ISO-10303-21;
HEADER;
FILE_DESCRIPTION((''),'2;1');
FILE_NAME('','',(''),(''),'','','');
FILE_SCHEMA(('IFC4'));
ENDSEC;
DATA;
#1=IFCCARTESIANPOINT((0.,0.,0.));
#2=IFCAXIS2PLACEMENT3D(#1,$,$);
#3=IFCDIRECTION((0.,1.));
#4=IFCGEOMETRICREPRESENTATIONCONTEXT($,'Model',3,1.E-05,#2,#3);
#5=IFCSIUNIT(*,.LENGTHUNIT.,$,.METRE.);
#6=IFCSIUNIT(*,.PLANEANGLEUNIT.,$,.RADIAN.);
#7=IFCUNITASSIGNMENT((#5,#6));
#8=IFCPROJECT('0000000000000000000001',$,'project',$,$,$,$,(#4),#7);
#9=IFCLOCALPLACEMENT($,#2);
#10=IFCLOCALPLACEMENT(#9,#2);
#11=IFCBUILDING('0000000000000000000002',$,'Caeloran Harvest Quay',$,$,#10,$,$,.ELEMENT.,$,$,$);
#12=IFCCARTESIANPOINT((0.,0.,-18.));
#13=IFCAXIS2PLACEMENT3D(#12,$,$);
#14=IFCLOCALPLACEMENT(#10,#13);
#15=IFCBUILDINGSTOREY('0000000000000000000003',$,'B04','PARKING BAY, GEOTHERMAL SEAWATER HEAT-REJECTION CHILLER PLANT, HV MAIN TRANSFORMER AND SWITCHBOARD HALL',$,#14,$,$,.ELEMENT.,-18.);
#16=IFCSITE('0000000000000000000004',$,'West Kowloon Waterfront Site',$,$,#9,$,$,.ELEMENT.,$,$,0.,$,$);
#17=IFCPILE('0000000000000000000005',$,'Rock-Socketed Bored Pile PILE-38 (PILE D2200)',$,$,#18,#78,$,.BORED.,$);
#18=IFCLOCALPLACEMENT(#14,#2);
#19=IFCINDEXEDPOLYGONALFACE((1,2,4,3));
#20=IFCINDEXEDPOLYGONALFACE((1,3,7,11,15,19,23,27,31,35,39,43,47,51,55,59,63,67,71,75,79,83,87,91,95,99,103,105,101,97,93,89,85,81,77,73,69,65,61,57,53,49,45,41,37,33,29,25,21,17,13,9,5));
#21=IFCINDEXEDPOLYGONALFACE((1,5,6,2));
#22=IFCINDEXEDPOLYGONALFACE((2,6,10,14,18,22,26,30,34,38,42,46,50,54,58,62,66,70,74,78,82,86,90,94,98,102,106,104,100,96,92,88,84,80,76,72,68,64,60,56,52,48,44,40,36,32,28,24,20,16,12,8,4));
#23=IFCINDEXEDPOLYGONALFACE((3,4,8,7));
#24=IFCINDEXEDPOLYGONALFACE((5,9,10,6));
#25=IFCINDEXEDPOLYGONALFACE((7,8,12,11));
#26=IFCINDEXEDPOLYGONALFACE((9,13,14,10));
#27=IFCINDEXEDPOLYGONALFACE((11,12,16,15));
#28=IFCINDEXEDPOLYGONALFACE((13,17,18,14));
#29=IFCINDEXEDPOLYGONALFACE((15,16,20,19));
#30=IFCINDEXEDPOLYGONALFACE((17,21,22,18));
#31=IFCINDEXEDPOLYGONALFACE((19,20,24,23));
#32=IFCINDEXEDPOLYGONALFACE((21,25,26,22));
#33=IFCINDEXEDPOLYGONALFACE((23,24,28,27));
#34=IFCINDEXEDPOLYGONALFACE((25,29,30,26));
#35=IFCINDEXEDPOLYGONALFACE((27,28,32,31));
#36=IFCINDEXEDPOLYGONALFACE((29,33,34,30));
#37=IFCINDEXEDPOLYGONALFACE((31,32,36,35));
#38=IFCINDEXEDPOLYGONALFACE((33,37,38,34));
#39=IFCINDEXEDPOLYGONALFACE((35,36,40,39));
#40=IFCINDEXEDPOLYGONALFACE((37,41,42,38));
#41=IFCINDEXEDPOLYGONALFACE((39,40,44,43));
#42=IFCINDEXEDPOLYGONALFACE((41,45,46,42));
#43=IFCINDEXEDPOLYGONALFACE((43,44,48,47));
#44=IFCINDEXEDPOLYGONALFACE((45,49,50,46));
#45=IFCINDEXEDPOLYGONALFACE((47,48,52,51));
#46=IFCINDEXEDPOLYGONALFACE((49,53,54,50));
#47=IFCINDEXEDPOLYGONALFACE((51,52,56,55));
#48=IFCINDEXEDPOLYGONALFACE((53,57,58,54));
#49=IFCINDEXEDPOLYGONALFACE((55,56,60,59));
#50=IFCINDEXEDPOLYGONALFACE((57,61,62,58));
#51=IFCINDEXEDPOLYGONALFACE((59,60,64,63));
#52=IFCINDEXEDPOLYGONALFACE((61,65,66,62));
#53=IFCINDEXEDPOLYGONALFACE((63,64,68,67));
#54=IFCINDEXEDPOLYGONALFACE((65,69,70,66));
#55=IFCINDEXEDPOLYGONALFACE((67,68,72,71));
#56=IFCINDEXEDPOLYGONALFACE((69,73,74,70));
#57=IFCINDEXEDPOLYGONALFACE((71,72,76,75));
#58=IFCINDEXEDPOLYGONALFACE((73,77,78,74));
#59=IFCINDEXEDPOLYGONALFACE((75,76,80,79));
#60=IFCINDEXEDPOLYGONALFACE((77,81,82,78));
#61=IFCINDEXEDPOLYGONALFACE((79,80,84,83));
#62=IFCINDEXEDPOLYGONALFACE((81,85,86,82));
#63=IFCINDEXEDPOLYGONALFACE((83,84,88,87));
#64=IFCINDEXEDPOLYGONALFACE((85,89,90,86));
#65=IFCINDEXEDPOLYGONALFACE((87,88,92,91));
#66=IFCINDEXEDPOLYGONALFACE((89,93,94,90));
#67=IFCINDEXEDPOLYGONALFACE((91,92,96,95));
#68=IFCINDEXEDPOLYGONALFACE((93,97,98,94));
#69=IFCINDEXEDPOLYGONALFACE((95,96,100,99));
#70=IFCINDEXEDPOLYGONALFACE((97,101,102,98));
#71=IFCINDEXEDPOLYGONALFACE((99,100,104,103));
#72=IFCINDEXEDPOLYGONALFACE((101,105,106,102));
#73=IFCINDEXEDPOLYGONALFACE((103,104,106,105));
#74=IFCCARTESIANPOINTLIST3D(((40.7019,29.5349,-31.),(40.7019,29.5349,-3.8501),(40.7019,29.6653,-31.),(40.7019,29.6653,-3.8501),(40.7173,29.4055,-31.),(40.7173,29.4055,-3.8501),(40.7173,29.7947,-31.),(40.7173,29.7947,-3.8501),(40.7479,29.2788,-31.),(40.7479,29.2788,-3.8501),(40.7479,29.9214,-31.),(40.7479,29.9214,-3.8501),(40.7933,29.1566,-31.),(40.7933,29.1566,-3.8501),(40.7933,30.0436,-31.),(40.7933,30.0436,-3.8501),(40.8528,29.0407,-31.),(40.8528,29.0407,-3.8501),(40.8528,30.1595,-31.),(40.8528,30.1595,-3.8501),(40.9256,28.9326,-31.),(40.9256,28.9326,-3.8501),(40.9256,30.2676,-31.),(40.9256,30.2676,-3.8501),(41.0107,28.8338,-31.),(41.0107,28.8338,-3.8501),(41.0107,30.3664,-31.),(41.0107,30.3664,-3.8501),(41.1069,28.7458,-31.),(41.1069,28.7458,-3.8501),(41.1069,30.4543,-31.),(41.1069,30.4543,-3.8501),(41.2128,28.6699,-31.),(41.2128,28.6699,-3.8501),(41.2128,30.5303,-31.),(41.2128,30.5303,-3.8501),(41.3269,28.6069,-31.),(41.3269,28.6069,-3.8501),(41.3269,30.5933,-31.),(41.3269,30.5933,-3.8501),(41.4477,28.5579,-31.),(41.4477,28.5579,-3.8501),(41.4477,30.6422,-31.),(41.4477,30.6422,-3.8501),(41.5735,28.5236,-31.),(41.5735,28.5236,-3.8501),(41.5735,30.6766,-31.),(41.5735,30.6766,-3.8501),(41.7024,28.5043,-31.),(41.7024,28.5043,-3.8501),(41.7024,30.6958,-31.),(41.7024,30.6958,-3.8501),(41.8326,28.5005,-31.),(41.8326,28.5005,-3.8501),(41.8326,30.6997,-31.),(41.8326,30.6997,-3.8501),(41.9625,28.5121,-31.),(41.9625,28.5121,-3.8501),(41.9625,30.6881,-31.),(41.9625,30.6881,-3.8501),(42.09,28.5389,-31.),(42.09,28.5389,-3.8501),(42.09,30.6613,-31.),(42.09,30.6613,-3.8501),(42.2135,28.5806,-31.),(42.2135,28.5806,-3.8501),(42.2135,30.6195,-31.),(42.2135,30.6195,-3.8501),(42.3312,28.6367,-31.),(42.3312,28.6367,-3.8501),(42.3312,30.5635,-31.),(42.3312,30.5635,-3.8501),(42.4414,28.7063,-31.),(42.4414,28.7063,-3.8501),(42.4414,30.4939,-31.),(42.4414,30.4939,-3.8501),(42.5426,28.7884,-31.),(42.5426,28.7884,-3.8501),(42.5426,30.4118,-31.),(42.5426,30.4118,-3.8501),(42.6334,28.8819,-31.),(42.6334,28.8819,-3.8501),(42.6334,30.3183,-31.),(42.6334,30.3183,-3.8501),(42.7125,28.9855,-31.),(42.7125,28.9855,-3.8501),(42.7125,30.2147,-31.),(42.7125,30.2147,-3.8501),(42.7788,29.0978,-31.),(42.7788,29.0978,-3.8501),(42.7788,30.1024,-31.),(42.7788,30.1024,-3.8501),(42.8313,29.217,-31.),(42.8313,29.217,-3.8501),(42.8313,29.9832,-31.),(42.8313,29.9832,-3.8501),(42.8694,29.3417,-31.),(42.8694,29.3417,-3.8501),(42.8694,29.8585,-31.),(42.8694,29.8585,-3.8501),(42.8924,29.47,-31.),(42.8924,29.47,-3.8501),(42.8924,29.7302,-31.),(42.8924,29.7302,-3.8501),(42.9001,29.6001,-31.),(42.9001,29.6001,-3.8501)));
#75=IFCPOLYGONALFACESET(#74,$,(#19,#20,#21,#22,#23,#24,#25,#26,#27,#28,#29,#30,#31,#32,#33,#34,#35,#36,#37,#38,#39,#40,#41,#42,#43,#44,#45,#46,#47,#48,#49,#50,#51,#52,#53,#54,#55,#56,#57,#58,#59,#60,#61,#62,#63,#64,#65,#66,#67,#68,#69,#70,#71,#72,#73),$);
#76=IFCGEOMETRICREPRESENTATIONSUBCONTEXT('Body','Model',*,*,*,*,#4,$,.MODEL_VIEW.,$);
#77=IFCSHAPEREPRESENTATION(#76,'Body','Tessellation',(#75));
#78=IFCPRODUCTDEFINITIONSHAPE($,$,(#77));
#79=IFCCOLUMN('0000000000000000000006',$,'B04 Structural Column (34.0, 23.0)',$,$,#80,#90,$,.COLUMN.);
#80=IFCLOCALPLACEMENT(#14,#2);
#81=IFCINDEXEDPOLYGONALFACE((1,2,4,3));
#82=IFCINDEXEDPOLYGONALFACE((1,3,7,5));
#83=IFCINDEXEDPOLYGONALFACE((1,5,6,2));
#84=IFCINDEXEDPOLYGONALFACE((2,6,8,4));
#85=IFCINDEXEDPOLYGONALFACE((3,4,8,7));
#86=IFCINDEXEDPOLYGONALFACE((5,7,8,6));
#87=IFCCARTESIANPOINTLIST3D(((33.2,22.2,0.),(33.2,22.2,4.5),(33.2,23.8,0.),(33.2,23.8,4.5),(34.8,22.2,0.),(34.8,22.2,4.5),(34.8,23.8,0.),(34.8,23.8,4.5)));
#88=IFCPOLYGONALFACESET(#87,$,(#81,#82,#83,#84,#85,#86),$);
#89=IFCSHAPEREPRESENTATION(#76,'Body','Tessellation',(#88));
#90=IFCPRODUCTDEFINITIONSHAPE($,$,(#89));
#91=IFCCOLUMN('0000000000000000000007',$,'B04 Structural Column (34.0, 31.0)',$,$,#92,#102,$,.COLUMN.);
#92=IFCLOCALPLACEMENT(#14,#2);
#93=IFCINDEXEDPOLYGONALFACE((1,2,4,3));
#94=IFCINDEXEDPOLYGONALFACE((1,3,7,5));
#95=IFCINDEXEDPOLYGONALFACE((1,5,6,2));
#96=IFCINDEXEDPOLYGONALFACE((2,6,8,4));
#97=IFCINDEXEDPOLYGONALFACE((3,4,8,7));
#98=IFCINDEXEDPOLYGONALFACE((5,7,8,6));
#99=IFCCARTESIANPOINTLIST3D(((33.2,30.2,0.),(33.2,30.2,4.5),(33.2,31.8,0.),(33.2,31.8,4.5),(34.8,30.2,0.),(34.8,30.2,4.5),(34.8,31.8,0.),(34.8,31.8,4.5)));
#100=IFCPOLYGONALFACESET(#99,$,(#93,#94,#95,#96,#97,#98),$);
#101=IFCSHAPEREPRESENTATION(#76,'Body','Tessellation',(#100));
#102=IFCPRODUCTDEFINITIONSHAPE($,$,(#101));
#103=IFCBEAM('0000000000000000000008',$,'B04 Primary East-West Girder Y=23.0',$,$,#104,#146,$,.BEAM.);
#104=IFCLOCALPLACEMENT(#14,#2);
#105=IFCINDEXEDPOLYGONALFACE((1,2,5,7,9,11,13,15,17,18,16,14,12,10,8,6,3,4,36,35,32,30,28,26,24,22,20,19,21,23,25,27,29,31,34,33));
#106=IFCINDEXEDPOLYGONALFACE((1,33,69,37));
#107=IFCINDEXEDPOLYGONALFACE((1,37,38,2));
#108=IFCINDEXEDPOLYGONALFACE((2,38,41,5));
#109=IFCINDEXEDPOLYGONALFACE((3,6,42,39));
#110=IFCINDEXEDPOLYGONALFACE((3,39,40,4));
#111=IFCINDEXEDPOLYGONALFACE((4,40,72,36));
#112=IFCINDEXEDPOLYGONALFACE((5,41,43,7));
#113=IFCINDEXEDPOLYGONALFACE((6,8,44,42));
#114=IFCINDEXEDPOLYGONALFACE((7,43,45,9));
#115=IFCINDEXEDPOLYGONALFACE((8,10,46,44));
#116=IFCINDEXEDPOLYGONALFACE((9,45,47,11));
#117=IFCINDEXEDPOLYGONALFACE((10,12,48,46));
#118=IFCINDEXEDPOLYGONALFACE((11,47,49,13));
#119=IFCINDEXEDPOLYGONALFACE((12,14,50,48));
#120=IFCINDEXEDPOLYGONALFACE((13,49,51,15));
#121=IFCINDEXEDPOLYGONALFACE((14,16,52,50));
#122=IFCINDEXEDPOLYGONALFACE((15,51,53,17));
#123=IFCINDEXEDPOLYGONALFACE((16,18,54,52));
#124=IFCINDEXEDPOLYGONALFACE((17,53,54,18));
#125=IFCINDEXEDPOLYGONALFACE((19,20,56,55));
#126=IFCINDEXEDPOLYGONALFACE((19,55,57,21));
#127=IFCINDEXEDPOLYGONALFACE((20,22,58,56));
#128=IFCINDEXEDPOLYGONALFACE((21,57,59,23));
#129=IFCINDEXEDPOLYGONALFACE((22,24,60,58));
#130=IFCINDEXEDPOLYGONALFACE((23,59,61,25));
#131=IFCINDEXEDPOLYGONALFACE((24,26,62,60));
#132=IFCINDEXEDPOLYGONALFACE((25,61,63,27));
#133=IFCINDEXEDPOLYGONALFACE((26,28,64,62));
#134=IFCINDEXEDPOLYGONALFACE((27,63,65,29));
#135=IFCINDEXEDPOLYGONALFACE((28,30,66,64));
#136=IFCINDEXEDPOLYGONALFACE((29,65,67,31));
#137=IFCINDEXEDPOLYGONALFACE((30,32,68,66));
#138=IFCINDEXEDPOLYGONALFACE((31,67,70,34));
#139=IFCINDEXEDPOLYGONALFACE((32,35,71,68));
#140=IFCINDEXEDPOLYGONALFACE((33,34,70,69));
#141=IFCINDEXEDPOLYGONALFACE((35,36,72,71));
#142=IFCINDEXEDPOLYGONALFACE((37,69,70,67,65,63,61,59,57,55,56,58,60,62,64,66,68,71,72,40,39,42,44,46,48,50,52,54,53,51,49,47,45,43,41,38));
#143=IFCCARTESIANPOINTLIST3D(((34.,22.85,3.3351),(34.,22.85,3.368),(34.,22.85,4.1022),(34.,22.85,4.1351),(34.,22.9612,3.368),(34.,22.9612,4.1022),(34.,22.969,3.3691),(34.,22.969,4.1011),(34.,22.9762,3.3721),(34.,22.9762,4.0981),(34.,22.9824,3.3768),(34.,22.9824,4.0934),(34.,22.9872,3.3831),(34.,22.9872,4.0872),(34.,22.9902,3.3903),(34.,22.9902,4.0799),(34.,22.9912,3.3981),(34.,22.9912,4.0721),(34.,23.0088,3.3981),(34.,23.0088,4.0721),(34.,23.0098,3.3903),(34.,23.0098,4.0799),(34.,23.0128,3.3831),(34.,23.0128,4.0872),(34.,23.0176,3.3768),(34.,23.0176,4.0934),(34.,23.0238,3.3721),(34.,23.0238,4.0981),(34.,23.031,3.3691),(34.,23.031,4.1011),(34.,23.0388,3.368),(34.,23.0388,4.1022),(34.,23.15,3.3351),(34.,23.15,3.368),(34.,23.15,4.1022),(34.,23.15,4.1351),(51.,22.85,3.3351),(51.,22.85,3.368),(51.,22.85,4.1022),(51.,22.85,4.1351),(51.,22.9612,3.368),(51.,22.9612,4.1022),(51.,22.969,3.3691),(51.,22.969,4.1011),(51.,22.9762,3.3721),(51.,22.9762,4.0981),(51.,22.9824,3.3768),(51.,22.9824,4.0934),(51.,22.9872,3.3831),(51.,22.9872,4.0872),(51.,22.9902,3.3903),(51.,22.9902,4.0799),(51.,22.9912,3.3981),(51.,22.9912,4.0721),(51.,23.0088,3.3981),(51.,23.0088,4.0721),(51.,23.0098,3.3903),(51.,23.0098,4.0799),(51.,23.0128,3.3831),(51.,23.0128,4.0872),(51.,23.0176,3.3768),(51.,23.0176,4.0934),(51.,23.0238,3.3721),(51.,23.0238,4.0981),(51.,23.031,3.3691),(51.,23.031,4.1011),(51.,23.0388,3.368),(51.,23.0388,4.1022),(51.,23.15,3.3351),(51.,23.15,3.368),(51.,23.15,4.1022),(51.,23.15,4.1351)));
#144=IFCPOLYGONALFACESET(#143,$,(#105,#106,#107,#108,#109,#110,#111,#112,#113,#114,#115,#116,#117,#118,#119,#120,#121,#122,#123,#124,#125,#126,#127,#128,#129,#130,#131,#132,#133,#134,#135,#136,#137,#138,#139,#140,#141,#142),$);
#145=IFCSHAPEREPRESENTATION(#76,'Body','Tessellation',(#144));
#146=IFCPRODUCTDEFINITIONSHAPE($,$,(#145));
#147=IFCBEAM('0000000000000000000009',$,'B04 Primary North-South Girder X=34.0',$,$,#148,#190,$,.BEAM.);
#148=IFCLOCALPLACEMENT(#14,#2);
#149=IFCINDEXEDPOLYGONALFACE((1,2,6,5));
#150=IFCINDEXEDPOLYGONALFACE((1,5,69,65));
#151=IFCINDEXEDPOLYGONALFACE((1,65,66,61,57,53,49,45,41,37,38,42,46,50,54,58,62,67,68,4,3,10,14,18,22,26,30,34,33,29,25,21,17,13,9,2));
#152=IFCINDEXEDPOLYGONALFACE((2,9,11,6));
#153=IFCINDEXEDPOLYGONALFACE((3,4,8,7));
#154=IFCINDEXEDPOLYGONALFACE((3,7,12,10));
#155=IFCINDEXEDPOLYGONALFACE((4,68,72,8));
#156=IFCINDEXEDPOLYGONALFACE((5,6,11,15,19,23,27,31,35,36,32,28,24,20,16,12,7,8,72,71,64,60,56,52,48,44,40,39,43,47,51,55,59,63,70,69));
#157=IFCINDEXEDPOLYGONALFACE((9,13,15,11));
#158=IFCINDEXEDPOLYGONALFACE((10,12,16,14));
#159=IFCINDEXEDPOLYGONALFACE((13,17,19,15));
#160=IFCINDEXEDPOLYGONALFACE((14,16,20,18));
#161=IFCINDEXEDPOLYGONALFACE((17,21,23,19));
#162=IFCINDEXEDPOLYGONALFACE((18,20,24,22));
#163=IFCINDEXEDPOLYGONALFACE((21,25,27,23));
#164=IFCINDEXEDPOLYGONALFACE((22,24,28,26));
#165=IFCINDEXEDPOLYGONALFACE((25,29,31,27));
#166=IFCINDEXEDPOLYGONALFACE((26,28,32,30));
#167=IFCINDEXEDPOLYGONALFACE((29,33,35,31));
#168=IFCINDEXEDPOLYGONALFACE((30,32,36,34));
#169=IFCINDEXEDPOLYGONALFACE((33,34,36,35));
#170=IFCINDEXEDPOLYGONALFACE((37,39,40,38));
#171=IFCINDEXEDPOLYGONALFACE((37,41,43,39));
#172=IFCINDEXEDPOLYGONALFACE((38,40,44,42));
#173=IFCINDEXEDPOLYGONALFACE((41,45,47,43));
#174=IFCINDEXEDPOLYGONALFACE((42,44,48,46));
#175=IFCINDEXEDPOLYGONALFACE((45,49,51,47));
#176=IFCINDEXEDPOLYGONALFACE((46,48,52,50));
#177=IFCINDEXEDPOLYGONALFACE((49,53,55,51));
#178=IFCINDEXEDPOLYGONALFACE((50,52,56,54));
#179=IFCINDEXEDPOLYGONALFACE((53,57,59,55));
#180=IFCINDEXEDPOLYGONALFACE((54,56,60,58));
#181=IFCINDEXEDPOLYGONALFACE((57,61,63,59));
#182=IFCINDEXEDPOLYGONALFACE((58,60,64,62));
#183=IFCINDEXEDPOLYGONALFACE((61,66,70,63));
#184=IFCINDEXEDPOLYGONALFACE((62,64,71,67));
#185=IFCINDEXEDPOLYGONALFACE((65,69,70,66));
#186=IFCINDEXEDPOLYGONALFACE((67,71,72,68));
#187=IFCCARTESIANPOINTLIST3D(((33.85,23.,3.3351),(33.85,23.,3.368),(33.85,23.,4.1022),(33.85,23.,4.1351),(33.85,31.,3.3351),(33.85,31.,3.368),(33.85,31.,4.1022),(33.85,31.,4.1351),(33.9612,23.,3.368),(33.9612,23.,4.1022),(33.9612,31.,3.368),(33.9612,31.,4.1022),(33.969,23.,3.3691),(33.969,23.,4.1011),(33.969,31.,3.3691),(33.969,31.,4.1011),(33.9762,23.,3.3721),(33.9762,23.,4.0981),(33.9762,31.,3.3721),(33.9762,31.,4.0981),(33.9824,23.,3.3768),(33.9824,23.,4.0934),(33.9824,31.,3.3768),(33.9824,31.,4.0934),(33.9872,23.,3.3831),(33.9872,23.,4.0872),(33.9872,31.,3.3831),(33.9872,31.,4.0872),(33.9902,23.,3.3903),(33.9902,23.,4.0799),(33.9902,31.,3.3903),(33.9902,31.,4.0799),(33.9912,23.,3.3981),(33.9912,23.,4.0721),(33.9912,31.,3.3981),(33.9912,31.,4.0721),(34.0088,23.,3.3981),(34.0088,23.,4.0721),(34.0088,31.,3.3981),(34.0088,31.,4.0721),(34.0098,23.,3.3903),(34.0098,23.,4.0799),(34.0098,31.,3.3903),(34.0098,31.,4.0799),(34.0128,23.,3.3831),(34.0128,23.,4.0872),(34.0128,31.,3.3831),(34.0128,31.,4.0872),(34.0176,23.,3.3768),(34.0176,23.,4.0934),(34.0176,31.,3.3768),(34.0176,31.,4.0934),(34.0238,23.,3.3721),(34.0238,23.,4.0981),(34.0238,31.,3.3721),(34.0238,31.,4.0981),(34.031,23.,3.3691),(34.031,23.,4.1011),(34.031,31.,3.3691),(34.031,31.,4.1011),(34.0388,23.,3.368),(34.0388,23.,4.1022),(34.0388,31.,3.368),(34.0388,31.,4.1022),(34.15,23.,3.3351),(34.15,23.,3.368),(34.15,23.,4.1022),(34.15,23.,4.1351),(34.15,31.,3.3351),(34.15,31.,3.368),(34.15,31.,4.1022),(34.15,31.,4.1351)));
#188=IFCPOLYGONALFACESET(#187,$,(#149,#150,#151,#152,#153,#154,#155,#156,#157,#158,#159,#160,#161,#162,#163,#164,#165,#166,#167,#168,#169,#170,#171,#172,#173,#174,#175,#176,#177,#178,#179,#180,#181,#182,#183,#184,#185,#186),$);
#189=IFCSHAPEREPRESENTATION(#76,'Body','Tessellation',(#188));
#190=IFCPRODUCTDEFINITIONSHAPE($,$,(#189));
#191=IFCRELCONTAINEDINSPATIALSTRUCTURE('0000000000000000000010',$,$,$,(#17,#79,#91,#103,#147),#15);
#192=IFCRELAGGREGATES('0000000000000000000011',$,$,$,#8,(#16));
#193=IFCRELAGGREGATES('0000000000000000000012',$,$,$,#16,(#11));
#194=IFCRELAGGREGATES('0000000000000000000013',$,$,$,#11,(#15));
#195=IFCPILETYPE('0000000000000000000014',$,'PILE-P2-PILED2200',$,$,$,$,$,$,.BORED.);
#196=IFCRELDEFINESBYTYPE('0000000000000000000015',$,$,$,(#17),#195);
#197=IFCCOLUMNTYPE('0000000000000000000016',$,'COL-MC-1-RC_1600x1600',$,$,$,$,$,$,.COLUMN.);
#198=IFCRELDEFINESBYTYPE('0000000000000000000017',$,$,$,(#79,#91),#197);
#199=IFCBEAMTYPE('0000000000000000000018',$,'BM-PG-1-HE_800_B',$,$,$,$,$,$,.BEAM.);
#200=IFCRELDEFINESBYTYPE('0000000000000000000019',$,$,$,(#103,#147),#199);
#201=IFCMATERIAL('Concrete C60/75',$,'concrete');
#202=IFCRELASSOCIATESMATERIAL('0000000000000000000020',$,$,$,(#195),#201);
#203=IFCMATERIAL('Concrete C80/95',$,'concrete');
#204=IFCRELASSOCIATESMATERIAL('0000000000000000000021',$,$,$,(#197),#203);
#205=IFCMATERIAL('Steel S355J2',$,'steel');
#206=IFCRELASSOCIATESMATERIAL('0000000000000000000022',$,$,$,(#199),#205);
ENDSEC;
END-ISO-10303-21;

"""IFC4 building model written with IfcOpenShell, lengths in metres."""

from ifc_helpers import new_model, si_unit, direction, frame, origin, origin_2d, place, context, subcontext, project, spatial, rectangle, circle, i_section, extrude, material, material_profile, profile_set, type_object, element, save


model = new_model("IFC4")

# Units and contexts
model_context = context("Model", 3, precision=1e-05, world=origin(), true_north=direction((0.0, 1.0)))
body_context = subcontext(model_context, "Body", "Model", "MODEL_VIEW")
ifc_project = project(units=[si_unit("LENGTHUNIT", "METRE"), si_unit("PLANEANGLEUNIT", "RADIAN")], contexts=[model_context])

# Site, building, storey
site_placement = place(None, origin())
site = spatial("IfcSite", under=ifc_project, at=site_placement, Name="West Kowloon Waterfront Site", CompositionType="ELEMENT", RefElevation=0.0)
building_placement = place(site_placement, origin())
building = spatial("IfcBuilding", under=site, at=building_placement, Name="Caeloran Harvest Quay", CompositionType="ELEMENT")
storey_placement = place(building_placement, frame((0.0, 0.0, -18.0)))
storey = spatial("IfcBuildingStorey", under=building, at=storey_placement, Name="B04", Description="PARKING BAY, GEOTHERMAL SEAWATER HEAT-REJECTION CHILLER PLANT, HV MAIN TRANSFORMER AND SWITCHBOARD HALL", CompositionType="ELEMENT", Elevation=-18.0)

# Pile
ifc_material_1 = material(Name="Concrete C60/75", Category="concrete")
ifc_material_profile_1 = material_profile(ifc_material_1, circle(Radius=1.1001, at=origin_2d()), Name="PILE D2200")
ifc_profile_set_1 = profile_set([ifc_material_profile_1], Name="Concrete C60/75")
pile_type_1 = type_object("IfcPileType", Name="PILE-P2-PILED2200", PredefinedType="BORED", material=ifc_profile_set_1)
for number, where, z_axis, x_axis, name in (
    (1, (41.8, 29.6001, -3.8501), (0.0, 0.0, -1.0), (1.0, 0.0, 0.0), "Rock-Socketed Bored Pile PILE-38 (PILE D2200)"),
):
    element("IfcPile", number, at=place(storey_placement, frame(where, z_axis=z_axis, x_axis=x_axis)), inside=storey, type_object=pile_type_1, Name=name, PredefinedType="BORED", context=body_context, shape_type="SweptSolid", body=[
        extrude(circle(Radius=1.1001, at=origin_2d()), origin(), (0.0, 0.0, 1.0), 27.1499),
    ])

# Columns
ifc_material_2 = material(Name="Concrete C80/95", Category="concrete")
ifc_material_profile_2 = material_profile(ifc_material_2, rectangle(XDim=1.6001, YDim=1.6001, at=origin_2d()), Name="RC 1600x1600")
ifc_profile_set_2 = profile_set([ifc_material_profile_2], Name="Concrete C80/95")
column_type = type_object("IfcColumnType", Name="COL-MC-1-RC_1600x1600", PredefinedType="COLUMN", material=ifc_profile_set_2)
for number, where, z_axis, x_axis, name in (
    (2, (34.0, 23.0, 0.0), (0.0, 0.0, 1.0), (1.0, 0.0, 0.0), "B04 Structural Column (34.0, 23.0)"),
    (3, (34.0, 31.0, 0.0), (0.0, 0.0, 1.0), (1.0, 0.0, 0.0), "B04 Structural Column (34.0, 31.0)"),
):
    element("IfcColumn", number, at=place(storey_placement, frame(where, z_axis=z_axis, x_axis=x_axis)), inside=storey, type_object=column_type, Name=name, PredefinedType="COLUMN", context=body_context, shape_type="SweptSolid", body=[
        extrude(rectangle(XDim=1.6001, YDim=1.6001, at=origin_2d()), origin(), (0.0, 0.0, 1.0), 4.5),
    ])

# Beams
ifc_material_3 = material(Name="Steel S355J2", Category="steel")
ifc_material_profile_3 = material_profile(ifc_material_3, i_section(OverallWidth=0.3, OverallDepth=0.8, WebThickness=0.0176, FlangeThickness=0.033, FilletRadius=0.03, at=origin_2d()), Name="HE 800 B")
ifc_profile_set_3 = profile_set([ifc_material_profile_3], Name="Steel S355J2")
beam_type_1 = type_object("IfcBeamType", Name="BM-PG-1-HE_800_B", PredefinedType="BEAM", material=ifc_profile_set_3)
beam_1_placement = place(storey_placement, frame((34.0, 23.0, 3.7351), z_axis=(1.0, 0.0, 0.0), x_axis=(0.0, 1.0, 0.0)))
element("IfcBeam", 4, at=beam_1_placement, inside=storey, type_object=beam_type_1, Name="B04 Primary East-West Girder Y=23.0", PredefinedType="BEAM", context=body_context, shape_type="SweptSolid", body=[
    extrude(i_section(OverallWidth=0.3, OverallDepth=0.8, WebThickness=0.0176, FlangeThickness=0.033, FilletRadius=0.03, at=origin_2d()), origin(), (0.0, 0.0, 1.0), 17.0),
])
beam_2_placement = place(storey_placement, frame((34.0, 23.0, 3.7351), z_axis=(0.0, 1.0, 0.0), x_axis=(-1.0, 0.0, 0.0)))
element("IfcBeam", 5, at=beam_2_placement, inside=storey, type_object=beam_type_1, Name="B04 Primary North-South Girder X=34.0", PredefinedType="BEAM", context=body_context, shape_type="SweptSolid", body=[
    extrude(i_section(OverallWidth=0.3, OverallDepth=0.8, WebThickness=0.0176, FlangeThickness=0.033, FilletRadius=0.03, at=origin_2d()), origin(), (0.0, 0.0, 1.0), 8.0),
])

save(model, "model.ifc")
